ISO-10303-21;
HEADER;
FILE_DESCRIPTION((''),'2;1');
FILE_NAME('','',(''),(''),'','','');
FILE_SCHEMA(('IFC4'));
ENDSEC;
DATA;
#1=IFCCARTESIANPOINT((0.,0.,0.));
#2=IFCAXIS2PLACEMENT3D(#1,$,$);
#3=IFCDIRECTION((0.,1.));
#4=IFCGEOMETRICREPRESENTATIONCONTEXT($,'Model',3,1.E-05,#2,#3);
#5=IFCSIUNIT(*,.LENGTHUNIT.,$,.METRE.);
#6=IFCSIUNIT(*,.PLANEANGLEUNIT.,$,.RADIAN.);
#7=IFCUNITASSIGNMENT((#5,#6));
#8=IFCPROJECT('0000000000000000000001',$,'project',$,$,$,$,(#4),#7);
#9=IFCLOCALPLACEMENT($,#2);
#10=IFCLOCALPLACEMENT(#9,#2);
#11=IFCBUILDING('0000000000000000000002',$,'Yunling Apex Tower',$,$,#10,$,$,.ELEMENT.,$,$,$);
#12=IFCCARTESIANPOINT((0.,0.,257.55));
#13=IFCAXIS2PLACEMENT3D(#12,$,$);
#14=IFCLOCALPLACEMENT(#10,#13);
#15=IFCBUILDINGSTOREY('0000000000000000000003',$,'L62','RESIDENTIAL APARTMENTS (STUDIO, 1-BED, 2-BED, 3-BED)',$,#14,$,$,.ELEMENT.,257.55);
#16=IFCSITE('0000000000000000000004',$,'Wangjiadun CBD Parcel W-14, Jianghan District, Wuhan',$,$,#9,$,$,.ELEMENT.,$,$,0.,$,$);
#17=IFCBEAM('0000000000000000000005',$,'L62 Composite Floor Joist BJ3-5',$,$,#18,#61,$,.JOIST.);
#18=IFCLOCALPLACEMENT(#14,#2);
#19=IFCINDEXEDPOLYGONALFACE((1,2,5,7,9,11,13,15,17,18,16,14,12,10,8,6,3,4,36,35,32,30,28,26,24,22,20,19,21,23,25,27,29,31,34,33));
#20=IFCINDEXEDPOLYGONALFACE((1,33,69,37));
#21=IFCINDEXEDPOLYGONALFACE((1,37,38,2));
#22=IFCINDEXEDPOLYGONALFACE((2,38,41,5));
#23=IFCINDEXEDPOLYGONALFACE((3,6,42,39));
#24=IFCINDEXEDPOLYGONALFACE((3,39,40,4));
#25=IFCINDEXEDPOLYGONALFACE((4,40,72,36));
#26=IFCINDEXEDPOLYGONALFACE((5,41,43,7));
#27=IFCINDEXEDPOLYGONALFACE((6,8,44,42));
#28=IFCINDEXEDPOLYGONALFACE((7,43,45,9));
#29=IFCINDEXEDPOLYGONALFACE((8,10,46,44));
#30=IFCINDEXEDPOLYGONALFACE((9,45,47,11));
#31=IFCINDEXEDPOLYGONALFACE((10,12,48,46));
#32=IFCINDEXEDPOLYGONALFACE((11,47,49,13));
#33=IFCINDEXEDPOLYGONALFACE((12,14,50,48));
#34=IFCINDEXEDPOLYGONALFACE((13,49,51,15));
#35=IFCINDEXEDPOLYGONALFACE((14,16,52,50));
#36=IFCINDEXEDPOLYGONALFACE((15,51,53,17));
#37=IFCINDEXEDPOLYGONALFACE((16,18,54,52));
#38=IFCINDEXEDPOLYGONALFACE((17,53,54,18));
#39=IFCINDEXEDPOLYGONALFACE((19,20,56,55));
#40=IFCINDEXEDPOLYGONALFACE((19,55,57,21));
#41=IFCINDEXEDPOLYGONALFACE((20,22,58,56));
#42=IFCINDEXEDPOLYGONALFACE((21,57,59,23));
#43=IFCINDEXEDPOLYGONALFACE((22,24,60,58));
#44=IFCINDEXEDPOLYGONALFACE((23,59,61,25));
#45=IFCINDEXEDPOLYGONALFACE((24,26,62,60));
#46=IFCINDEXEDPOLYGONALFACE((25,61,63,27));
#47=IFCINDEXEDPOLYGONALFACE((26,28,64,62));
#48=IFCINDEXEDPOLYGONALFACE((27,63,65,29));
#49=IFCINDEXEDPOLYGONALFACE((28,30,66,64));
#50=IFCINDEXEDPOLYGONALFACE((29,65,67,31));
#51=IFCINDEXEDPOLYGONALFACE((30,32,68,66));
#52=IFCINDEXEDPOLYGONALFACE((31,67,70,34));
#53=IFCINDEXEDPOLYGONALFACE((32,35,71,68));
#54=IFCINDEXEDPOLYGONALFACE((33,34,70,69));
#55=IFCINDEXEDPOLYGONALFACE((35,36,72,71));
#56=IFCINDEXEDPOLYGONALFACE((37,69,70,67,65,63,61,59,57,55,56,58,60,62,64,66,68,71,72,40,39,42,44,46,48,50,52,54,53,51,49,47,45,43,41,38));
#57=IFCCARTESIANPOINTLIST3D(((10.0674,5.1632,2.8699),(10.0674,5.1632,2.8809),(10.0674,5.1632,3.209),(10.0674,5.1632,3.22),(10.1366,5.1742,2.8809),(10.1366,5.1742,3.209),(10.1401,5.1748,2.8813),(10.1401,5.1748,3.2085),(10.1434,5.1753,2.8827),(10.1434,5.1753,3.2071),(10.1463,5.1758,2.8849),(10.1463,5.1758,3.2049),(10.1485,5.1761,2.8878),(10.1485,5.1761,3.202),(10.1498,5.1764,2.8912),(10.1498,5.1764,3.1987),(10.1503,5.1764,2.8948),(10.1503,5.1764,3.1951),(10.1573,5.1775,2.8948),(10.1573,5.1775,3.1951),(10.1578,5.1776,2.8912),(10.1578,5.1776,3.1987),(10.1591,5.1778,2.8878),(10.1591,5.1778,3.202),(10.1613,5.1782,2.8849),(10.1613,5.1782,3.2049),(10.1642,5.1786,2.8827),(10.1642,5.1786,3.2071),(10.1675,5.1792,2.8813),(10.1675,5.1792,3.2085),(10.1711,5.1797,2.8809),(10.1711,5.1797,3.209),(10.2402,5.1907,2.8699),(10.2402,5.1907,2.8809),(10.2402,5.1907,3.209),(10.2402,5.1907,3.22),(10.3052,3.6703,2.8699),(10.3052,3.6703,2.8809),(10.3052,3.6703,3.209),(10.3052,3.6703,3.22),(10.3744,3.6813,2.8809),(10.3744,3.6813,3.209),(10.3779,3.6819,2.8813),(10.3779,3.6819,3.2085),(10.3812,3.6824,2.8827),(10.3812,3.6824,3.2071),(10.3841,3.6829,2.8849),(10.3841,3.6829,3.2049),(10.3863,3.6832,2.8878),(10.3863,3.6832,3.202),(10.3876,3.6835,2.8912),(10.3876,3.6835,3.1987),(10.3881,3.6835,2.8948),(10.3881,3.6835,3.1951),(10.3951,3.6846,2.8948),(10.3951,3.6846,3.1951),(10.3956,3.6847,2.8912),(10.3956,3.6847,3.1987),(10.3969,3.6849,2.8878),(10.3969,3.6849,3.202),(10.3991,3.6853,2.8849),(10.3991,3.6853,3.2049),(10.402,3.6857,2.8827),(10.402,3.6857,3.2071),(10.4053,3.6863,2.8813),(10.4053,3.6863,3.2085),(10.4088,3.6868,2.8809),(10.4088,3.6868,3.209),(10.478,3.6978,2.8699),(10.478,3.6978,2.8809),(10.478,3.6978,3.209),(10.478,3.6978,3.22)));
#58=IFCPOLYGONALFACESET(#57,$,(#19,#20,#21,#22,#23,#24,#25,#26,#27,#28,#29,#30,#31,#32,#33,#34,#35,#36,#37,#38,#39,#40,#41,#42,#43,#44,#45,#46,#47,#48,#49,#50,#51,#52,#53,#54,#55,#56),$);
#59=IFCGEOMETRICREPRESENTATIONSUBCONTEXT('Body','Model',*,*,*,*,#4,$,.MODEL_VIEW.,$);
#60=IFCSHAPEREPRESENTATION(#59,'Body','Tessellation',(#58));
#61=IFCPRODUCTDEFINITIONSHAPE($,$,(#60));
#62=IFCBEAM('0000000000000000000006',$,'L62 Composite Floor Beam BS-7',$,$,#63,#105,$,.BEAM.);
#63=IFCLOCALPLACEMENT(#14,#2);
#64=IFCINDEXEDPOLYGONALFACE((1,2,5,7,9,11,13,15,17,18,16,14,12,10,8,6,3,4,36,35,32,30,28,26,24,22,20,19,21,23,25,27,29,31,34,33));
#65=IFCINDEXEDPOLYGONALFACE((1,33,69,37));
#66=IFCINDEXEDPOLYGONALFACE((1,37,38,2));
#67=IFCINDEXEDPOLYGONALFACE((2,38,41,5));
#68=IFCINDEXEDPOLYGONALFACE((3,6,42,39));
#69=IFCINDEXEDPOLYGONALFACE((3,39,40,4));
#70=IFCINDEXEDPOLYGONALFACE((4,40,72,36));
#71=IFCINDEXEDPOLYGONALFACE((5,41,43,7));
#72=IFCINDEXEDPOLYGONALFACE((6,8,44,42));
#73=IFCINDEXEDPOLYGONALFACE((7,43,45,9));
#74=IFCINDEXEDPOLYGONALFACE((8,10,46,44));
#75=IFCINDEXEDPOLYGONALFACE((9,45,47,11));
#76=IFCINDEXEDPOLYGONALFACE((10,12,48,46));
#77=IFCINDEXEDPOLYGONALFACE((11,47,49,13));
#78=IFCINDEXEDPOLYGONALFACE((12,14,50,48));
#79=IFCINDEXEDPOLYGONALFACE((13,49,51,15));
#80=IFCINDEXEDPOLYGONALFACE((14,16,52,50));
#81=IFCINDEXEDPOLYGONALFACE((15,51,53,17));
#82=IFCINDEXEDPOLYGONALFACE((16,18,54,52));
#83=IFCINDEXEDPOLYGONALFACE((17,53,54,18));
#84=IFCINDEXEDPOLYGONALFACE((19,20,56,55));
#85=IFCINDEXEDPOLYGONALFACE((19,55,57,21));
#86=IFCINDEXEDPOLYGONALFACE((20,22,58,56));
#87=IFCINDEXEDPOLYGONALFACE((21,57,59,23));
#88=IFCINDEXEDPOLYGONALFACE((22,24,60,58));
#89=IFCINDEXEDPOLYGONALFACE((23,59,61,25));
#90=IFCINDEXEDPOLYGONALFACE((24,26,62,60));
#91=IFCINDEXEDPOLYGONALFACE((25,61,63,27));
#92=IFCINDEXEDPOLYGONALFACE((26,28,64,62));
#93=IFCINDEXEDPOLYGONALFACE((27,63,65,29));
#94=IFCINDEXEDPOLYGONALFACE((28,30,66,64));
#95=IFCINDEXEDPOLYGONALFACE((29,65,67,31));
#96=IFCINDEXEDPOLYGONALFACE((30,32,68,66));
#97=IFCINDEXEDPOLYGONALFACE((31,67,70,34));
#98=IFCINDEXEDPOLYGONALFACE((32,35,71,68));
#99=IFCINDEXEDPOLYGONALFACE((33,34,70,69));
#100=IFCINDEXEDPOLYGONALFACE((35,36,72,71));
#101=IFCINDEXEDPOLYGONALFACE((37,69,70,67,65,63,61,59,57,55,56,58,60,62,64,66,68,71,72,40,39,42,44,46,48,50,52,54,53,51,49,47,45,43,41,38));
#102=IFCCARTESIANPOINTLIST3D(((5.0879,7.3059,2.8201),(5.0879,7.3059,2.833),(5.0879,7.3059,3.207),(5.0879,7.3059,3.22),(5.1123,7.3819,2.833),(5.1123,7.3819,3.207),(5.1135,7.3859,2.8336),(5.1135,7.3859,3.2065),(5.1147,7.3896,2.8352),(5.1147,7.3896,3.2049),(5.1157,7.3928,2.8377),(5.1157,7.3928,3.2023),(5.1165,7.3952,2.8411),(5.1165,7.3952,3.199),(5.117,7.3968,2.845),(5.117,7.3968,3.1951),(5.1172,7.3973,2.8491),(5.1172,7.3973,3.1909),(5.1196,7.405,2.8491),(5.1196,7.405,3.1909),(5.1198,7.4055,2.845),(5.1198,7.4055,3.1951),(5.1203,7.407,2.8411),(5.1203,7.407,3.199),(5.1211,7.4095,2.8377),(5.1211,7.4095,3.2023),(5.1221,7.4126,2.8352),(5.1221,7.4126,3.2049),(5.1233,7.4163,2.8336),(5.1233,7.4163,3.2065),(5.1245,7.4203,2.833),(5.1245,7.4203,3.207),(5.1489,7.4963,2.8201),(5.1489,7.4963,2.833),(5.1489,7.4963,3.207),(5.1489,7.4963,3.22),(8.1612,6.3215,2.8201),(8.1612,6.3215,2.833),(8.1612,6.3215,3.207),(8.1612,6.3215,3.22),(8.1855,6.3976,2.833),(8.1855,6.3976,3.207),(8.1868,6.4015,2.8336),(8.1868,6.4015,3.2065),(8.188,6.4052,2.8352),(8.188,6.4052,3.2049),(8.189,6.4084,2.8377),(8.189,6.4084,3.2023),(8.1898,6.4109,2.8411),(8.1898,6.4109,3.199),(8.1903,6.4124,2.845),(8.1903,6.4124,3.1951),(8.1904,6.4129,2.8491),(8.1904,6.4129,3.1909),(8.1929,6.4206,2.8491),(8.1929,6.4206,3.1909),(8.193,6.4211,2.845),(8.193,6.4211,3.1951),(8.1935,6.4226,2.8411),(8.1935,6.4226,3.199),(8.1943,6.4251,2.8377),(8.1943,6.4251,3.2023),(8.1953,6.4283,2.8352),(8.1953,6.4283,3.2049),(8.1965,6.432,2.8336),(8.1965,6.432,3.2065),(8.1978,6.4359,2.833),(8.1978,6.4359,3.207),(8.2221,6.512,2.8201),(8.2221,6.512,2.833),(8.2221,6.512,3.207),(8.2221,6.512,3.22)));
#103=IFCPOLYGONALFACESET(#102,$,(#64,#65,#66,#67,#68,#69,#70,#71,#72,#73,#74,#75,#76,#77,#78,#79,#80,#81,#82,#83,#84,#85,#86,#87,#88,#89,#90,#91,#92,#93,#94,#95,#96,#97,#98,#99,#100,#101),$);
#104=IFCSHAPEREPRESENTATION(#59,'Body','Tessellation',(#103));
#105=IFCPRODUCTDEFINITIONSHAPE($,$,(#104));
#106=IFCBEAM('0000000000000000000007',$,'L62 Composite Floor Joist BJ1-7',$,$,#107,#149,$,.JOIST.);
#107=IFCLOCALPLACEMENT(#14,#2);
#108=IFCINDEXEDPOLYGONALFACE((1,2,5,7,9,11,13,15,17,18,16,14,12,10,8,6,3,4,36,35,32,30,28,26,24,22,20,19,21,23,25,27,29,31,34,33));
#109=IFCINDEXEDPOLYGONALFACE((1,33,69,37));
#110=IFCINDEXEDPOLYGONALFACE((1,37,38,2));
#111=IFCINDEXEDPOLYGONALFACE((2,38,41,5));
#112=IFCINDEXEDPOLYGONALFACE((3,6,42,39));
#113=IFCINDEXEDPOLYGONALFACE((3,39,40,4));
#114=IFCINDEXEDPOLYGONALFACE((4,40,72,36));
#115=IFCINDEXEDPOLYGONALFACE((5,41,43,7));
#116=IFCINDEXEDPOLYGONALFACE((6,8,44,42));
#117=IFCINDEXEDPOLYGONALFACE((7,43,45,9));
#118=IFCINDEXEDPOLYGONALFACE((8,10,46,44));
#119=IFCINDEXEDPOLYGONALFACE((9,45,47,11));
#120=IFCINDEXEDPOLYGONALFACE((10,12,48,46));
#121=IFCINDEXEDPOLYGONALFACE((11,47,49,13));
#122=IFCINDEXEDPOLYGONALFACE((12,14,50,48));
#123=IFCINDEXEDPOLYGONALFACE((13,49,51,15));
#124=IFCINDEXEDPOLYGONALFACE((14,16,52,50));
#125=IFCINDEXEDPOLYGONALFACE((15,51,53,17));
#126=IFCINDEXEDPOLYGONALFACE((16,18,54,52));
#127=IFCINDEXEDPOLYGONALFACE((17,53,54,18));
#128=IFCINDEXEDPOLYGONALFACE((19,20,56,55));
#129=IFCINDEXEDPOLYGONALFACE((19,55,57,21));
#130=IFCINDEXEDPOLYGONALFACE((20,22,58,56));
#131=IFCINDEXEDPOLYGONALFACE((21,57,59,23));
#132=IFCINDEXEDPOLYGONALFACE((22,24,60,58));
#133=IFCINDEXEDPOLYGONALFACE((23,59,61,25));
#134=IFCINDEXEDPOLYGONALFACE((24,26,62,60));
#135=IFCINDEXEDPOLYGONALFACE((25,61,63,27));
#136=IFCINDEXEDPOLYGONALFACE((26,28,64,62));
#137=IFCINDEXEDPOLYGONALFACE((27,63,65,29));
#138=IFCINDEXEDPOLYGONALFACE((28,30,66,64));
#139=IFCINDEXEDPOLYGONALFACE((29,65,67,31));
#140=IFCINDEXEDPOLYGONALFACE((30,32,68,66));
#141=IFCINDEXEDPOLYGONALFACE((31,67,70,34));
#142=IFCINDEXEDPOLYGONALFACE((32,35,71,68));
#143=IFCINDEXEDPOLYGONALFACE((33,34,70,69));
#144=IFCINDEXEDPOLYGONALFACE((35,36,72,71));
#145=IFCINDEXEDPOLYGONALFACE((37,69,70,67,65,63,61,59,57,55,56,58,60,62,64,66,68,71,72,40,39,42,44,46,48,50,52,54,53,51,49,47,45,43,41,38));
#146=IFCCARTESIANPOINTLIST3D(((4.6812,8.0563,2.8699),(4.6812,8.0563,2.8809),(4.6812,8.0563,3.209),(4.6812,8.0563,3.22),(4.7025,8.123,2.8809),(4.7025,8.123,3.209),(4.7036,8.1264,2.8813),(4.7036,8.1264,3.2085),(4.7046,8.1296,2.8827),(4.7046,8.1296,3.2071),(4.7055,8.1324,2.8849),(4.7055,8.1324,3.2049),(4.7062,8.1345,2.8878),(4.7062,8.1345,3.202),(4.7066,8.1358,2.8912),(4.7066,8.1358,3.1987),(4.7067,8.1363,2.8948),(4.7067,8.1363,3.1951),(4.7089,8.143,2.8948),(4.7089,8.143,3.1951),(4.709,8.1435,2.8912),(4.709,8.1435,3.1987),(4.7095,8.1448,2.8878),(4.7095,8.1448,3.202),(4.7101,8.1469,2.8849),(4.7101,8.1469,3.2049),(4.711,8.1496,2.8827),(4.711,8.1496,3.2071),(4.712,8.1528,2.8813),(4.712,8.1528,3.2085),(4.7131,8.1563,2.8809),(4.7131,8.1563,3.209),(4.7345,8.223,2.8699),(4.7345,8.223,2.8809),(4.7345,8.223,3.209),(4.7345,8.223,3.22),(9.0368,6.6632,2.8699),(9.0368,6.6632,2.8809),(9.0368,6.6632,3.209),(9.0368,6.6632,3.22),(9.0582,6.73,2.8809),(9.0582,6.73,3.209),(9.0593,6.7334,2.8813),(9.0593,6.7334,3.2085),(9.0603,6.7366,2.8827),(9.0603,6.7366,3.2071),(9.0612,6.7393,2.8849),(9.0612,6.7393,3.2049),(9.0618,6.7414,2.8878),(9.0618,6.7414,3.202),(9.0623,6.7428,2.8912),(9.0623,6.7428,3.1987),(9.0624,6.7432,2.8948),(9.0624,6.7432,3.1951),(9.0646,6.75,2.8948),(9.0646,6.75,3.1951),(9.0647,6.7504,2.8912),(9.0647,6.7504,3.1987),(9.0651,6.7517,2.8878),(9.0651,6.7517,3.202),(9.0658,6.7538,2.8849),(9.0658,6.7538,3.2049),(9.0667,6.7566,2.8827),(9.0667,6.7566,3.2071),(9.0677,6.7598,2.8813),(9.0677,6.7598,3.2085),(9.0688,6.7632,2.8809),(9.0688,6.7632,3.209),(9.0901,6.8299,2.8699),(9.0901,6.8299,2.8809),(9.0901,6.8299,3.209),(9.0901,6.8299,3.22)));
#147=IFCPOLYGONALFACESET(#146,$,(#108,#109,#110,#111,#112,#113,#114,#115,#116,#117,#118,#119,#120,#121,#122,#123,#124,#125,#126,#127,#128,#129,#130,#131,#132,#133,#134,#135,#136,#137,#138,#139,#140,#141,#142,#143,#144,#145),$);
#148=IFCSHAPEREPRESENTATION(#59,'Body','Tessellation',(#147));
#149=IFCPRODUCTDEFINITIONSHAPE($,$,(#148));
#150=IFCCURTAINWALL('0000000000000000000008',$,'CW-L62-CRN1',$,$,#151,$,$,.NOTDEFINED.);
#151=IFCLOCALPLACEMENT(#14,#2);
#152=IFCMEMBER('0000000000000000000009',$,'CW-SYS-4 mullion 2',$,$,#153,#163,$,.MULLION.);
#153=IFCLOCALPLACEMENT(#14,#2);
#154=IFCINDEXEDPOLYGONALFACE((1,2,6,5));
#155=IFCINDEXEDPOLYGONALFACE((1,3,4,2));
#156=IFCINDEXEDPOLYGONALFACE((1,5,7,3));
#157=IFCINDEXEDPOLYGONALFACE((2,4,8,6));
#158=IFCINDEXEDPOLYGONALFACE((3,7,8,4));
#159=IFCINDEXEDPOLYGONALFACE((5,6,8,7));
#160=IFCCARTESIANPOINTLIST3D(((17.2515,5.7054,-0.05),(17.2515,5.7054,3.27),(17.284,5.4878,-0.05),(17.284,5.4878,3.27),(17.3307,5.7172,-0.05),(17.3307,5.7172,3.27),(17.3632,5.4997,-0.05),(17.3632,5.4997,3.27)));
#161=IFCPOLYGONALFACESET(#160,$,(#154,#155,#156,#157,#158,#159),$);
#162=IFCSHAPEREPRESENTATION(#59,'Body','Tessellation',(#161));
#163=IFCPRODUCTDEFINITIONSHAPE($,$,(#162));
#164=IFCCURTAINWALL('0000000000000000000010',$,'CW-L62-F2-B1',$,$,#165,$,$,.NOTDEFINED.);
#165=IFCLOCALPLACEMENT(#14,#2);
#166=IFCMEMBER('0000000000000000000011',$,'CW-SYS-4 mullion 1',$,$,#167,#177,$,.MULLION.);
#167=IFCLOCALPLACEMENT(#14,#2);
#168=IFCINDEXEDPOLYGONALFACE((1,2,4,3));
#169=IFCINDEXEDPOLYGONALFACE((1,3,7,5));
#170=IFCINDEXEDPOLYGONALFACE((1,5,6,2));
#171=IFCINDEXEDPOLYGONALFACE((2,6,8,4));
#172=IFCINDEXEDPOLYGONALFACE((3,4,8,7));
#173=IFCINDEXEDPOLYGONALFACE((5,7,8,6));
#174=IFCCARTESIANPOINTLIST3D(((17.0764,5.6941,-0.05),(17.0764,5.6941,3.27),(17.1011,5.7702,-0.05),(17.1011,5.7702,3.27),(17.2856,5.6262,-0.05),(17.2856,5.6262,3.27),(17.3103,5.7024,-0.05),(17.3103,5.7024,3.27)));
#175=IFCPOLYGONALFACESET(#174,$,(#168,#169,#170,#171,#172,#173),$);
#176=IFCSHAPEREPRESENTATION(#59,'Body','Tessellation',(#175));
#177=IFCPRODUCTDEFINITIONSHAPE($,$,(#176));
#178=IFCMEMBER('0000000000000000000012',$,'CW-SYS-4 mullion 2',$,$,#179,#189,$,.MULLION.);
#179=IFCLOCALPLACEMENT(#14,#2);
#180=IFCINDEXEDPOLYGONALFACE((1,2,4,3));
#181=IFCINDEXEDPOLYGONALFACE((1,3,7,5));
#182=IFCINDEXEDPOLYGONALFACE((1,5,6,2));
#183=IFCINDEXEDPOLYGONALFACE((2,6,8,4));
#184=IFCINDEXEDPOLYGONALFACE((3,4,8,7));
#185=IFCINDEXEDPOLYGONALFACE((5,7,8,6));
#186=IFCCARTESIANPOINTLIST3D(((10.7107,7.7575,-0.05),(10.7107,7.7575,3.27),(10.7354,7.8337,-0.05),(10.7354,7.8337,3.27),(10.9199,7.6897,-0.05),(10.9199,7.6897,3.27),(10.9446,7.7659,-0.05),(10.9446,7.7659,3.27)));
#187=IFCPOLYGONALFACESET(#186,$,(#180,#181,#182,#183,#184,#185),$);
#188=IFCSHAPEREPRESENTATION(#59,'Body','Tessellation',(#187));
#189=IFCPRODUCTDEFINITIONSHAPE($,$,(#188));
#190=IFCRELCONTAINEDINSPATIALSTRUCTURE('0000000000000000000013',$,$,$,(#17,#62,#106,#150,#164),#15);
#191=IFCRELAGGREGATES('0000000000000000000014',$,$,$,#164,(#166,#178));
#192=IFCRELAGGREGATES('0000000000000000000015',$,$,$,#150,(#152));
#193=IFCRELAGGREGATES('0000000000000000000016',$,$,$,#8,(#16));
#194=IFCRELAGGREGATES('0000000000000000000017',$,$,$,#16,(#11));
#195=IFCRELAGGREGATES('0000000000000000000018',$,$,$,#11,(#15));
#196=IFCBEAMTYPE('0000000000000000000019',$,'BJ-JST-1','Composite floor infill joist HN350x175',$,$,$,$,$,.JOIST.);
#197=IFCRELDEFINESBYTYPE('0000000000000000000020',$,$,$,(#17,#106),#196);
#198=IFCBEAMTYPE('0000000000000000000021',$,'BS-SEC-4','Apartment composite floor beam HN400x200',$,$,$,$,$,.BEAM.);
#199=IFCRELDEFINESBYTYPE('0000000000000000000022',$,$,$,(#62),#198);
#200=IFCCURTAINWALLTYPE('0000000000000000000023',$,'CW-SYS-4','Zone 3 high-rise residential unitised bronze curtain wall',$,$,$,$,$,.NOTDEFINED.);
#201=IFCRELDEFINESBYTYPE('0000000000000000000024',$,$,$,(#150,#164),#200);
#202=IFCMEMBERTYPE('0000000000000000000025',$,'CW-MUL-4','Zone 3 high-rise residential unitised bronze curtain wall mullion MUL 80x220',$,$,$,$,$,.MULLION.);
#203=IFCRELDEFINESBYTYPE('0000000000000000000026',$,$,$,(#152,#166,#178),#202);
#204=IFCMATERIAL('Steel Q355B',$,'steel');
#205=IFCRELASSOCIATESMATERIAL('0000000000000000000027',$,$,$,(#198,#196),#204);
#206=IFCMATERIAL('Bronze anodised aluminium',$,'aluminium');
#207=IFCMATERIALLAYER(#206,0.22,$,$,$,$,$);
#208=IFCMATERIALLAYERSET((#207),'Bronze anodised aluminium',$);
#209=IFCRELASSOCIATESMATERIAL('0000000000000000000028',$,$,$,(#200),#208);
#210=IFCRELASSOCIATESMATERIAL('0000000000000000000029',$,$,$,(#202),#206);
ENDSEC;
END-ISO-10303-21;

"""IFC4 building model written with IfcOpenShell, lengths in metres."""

from ifc_helpers import new_model, si_unit, direction, frame, origin, origin_2d, place, context, subcontext, project, spatial, rectangle, i_section, extrude, source, transform, mapped, material, layer, layer_set, material_profile, profile_set, type_object, element, aggregate, save


model = new_model("IFC4")

# Units and contexts
model_context = context("Model", 3, precision=1e-05, world=origin(), true_north=direction((0.0, 1.0)))
body_context = subcontext(model_context, "Body", "Model", "MODEL_VIEW")
ifc_project = project(units=[si_unit("LENGTHUNIT", "METRE"), si_unit("PLANEANGLEUNIT", "RADIAN")], contexts=[model_context])

# Site, building, storey
site_placement = place(None, origin())
site = spatial("IfcSite", under=ifc_project, at=site_placement, Name="Wangjiadun CBD Parcel W-14, Jianghan District, Wuhan", CompositionType="ELEMENT", RefElevation=0.0)
building_placement = place(site_placement, origin())
building = spatial("IfcBuilding", under=site, at=building_placement, Name="Yunling Apex Tower", CompositionType="ELEMENT")
storey_placement = place(building_placement, frame((0.0, 0.0, 257.55)))
storey = spatial("IfcBuildingStorey", under=building, at=storey_placement, Name="L62", Description="RESIDENTIAL APARTMENTS (STUDIO, 1-BED, 2-BED, 3-BED)", CompositionType="ELEMENT", Elevation=257.55)

# Shared definitions
ifc_material_1 = material(Name="Steel Q355B", Category="steel")

# Beams
ifc_material_profile_1 = material_profile(ifc_material_1, i_section(OverallWidth=0.2, OverallDepth=0.3999, WebThickness=0.0081, FlangeThickness=0.0129, FilletRadius=0.0161, at=origin_2d()))
ifc_profile_set_1 = profile_set([ifc_material_profile_1], Name="Steel Q355B")
beam_type_1 = type_object("IfcBeamType", Name="BS-SEC-4", Description="Apartment composite floor beam HN400x200", PredefinedType="BEAM", material=ifc_profile_set_1)
ifc_material_profile_2 = material_profile(ifc_material_1, i_section(OverallWidth=0.175, OverallDepth=0.3501, WebThickness=0.0071, FlangeThickness=0.011, FilletRadius=0.0139, at=origin_2d()))
ifc_profile_set_2 = profile_set([ifc_material_profile_2], Name="Steel Q355B")
beam_type_2 = type_object("IfcBeamType", Name="BJ-JST-1", Description="Composite floor infill joist HN350x175", PredefinedType="JOIST", material=ifc_profile_set_2)
shared_shape_1 = source(origin(), body_context, "Body", "SweptSolid", [
    extrude(i_section(OverallWidth=0.175, OverallDepth=0.3501, WebThickness=0.0071, FlangeThickness=0.011, FilletRadius=0.0139, at=origin_2d()), origin(), (0.0, 0.0, 1.0), 1.5117),
])
beam_1_placement = place(storey_placement, frame((10.3916, 3.6841, 3.0449), z_axis=(-0.157298, 0.987551, 0.0), x_axis=(-0.987551, -0.157298, 0.0)))
element("IfcBeam", 1, at=beam_1_placement, inside=storey, type_object=beam_type_2, Name="L62 Composite Floor Joist BJ3-5", PredefinedType="JOIST", context=body_context, shape_type="MappedRepresentation", body=[
    mapped(shared_shape_1, transform((0.0, 0.0, 0.0), scale=1.0)),
])
shared_shape_2 = source(origin(), body_context, "Body", "SweptSolid", [
    extrude(i_section(OverallWidth=0.2, OverallDepth=0.3999, WebThickness=0.0081, FlangeThickness=0.0129, FilletRadius=0.0161, at=origin_2d()), origin(), (0.0, 0.0, 1.0), 3.2271),
])
beam_2_placement = place(storey_placement, frame((8.1917, 6.4167, 3.02), z_axis=(-0.95234, 0.305039, 0.0), x_axis=(-0.305039, -0.95234, 0.0)))
element("IfcBeam", 2, at=beam_2_placement, inside=storey, type_object=beam_type_1, Name="L62 Composite Floor Beam BS-7", PredefinedType="BEAM", context=body_context, shape_type="MappedRepresentation", body=[
    mapped(shared_shape_2, transform((0.0, 0.0, 0.0), scale=1.0)),
])
shared_shape_3 = source(origin(), body_context, "Body", "SweptSolid", [
    extrude(i_section(OverallWidth=0.175, OverallDepth=0.3501, WebThickness=0.0071, FlangeThickness=0.011, FilletRadius=0.0139, at=origin_2d()), origin(), (0.0, 0.0, 1.0), 4.573),
])
beam_3_placement = place(storey_placement, frame((9.0635, 6.7466, 3.0449), z_axis=(-0.952472, 0.304625, 0.0), x_axis=(-0.304625, -0.952472, 0.0)))
element("IfcBeam", 3, at=beam_3_placement, inside=storey, type_object=beam_type_2, Name="L62 Composite Floor Joist BJ1-7", PredefinedType="JOIST", context=body_context, shape_type="MappedRepresentation", body=[
    mapped(shared_shape_3, transform((0.0, 0.0, 0.0), scale=1.0)),
])

# Curtain wall, member
ifc_material_2 = material(Name="Bronze anodised aluminium", Category="aluminium")
ifc_layer_1 = layer(ifc_material_2, 0.22)
ifc_layer_set_1 = layer_set([ifc_layer_1], Name="Bronze anodised aluminium")
curtain_wall_type = type_object("IfcCurtainWallType", Name="CW-SYS-4", Description="Zone 3 high-rise residential unitised bronze curtain wall", PredefinedType="NOTDEFINED", material=ifc_layer_set_1)
curtain_wall_1_placement = place(storey_placement, origin())
curtain_wall_1 = element("IfcCurtainWall", 4, at=curtain_wall_1_placement, inside=storey, type_object=curtain_wall_type, Name="CW-L62-CRN1", PredefinedType="NOTDEFINED")
ifc_material_profile_3 = material_profile(ifc_material_2, rectangle(XDim=0.0801, YDim=0.22, at=origin_2d()))
ifc_profile_set_3 = profile_set([ifc_material_profile_3], Name="Bronze anodised aluminium")
member_type_1 = type_object("IfcMemberType", Name="CW-MUL-4", Description="Zone 3 high-rise residential unitised bronze curtain wall mullion MUL 80x220", PredefinedType="MULLION", material=ifc_profile_set_3)
shared_shape_4 = source(origin(), body_context, "Body", "SweptSolid", [
    extrude(rectangle(XDim=0.0801, YDim=0.22, at=origin_2d()), origin(), (0.0, 0.0, 1.0), 3.3201),
])
member_1_placement = place(storey_placement, frame((17.3074, 5.6025, -0.05), z_axis=(0.0, 0.0, 1.0), x_axis=(-0.989017, -0.147803, 0.0)))
member_1 = element("IfcMember", 5, at=member_1_placement, type_object=member_type_1, Name="CW-SYS-4 mullion 2", PredefinedType="MULLION", context=body_context, shape_type="MappedRepresentation", body=[
    mapped(shared_shape_4, transform((0.0, 0.0, 0.0), scale=1.0)),
])

# Curtain wall, members
curtain_wall_2_placement = place(storey_placement, origin())
curtain_wall_2 = element("IfcCurtainWall", 6, at=curtain_wall_2_placement, inside=storey, type_object=curtain_wall_type, Name="CW-L62-F2-B1", PredefinedType="NOTDEFINED")
member_2_placement = place(storey_placement, frame((17.1934, 5.6982, -0.05), z_axis=(0.0, 0.0, 1.0), x_axis=(-0.308353, -0.951272, 0.0)))
member_2 = element("IfcMember", 7, at=member_2_placement, type_object=member_type_1, Name="CW-SYS-4 mullion 1", PredefinedType="MULLION", context=body_context, shape_type="MappedRepresentation", body=[
    mapped(shared_shape_4, transform((0.0, 0.0, 0.0), scale=1.0)),
])
member_3_placement = place(storey_placement, frame((10.8276, 7.7617, -0.05), z_axis=(0.0, 0.0, 1.0), x_axis=(-0.308353, -0.951272, 0.0)))
member_3 = element("IfcMember", 8, at=member_3_placement, type_object=member_type_1, Name="CW-SYS-4 mullion 2", PredefinedType="MULLION", context=body_context, shape_type="MappedRepresentation", body=[
    mapped(shared_shape_4, transform((0.0, 0.0, 0.0), scale=1.0)),
])

aggregate(curtain_wall_2, [member_2, member_3])
aggregate(curtain_wall_1, [member_1])

save(model, "model.ifc")
